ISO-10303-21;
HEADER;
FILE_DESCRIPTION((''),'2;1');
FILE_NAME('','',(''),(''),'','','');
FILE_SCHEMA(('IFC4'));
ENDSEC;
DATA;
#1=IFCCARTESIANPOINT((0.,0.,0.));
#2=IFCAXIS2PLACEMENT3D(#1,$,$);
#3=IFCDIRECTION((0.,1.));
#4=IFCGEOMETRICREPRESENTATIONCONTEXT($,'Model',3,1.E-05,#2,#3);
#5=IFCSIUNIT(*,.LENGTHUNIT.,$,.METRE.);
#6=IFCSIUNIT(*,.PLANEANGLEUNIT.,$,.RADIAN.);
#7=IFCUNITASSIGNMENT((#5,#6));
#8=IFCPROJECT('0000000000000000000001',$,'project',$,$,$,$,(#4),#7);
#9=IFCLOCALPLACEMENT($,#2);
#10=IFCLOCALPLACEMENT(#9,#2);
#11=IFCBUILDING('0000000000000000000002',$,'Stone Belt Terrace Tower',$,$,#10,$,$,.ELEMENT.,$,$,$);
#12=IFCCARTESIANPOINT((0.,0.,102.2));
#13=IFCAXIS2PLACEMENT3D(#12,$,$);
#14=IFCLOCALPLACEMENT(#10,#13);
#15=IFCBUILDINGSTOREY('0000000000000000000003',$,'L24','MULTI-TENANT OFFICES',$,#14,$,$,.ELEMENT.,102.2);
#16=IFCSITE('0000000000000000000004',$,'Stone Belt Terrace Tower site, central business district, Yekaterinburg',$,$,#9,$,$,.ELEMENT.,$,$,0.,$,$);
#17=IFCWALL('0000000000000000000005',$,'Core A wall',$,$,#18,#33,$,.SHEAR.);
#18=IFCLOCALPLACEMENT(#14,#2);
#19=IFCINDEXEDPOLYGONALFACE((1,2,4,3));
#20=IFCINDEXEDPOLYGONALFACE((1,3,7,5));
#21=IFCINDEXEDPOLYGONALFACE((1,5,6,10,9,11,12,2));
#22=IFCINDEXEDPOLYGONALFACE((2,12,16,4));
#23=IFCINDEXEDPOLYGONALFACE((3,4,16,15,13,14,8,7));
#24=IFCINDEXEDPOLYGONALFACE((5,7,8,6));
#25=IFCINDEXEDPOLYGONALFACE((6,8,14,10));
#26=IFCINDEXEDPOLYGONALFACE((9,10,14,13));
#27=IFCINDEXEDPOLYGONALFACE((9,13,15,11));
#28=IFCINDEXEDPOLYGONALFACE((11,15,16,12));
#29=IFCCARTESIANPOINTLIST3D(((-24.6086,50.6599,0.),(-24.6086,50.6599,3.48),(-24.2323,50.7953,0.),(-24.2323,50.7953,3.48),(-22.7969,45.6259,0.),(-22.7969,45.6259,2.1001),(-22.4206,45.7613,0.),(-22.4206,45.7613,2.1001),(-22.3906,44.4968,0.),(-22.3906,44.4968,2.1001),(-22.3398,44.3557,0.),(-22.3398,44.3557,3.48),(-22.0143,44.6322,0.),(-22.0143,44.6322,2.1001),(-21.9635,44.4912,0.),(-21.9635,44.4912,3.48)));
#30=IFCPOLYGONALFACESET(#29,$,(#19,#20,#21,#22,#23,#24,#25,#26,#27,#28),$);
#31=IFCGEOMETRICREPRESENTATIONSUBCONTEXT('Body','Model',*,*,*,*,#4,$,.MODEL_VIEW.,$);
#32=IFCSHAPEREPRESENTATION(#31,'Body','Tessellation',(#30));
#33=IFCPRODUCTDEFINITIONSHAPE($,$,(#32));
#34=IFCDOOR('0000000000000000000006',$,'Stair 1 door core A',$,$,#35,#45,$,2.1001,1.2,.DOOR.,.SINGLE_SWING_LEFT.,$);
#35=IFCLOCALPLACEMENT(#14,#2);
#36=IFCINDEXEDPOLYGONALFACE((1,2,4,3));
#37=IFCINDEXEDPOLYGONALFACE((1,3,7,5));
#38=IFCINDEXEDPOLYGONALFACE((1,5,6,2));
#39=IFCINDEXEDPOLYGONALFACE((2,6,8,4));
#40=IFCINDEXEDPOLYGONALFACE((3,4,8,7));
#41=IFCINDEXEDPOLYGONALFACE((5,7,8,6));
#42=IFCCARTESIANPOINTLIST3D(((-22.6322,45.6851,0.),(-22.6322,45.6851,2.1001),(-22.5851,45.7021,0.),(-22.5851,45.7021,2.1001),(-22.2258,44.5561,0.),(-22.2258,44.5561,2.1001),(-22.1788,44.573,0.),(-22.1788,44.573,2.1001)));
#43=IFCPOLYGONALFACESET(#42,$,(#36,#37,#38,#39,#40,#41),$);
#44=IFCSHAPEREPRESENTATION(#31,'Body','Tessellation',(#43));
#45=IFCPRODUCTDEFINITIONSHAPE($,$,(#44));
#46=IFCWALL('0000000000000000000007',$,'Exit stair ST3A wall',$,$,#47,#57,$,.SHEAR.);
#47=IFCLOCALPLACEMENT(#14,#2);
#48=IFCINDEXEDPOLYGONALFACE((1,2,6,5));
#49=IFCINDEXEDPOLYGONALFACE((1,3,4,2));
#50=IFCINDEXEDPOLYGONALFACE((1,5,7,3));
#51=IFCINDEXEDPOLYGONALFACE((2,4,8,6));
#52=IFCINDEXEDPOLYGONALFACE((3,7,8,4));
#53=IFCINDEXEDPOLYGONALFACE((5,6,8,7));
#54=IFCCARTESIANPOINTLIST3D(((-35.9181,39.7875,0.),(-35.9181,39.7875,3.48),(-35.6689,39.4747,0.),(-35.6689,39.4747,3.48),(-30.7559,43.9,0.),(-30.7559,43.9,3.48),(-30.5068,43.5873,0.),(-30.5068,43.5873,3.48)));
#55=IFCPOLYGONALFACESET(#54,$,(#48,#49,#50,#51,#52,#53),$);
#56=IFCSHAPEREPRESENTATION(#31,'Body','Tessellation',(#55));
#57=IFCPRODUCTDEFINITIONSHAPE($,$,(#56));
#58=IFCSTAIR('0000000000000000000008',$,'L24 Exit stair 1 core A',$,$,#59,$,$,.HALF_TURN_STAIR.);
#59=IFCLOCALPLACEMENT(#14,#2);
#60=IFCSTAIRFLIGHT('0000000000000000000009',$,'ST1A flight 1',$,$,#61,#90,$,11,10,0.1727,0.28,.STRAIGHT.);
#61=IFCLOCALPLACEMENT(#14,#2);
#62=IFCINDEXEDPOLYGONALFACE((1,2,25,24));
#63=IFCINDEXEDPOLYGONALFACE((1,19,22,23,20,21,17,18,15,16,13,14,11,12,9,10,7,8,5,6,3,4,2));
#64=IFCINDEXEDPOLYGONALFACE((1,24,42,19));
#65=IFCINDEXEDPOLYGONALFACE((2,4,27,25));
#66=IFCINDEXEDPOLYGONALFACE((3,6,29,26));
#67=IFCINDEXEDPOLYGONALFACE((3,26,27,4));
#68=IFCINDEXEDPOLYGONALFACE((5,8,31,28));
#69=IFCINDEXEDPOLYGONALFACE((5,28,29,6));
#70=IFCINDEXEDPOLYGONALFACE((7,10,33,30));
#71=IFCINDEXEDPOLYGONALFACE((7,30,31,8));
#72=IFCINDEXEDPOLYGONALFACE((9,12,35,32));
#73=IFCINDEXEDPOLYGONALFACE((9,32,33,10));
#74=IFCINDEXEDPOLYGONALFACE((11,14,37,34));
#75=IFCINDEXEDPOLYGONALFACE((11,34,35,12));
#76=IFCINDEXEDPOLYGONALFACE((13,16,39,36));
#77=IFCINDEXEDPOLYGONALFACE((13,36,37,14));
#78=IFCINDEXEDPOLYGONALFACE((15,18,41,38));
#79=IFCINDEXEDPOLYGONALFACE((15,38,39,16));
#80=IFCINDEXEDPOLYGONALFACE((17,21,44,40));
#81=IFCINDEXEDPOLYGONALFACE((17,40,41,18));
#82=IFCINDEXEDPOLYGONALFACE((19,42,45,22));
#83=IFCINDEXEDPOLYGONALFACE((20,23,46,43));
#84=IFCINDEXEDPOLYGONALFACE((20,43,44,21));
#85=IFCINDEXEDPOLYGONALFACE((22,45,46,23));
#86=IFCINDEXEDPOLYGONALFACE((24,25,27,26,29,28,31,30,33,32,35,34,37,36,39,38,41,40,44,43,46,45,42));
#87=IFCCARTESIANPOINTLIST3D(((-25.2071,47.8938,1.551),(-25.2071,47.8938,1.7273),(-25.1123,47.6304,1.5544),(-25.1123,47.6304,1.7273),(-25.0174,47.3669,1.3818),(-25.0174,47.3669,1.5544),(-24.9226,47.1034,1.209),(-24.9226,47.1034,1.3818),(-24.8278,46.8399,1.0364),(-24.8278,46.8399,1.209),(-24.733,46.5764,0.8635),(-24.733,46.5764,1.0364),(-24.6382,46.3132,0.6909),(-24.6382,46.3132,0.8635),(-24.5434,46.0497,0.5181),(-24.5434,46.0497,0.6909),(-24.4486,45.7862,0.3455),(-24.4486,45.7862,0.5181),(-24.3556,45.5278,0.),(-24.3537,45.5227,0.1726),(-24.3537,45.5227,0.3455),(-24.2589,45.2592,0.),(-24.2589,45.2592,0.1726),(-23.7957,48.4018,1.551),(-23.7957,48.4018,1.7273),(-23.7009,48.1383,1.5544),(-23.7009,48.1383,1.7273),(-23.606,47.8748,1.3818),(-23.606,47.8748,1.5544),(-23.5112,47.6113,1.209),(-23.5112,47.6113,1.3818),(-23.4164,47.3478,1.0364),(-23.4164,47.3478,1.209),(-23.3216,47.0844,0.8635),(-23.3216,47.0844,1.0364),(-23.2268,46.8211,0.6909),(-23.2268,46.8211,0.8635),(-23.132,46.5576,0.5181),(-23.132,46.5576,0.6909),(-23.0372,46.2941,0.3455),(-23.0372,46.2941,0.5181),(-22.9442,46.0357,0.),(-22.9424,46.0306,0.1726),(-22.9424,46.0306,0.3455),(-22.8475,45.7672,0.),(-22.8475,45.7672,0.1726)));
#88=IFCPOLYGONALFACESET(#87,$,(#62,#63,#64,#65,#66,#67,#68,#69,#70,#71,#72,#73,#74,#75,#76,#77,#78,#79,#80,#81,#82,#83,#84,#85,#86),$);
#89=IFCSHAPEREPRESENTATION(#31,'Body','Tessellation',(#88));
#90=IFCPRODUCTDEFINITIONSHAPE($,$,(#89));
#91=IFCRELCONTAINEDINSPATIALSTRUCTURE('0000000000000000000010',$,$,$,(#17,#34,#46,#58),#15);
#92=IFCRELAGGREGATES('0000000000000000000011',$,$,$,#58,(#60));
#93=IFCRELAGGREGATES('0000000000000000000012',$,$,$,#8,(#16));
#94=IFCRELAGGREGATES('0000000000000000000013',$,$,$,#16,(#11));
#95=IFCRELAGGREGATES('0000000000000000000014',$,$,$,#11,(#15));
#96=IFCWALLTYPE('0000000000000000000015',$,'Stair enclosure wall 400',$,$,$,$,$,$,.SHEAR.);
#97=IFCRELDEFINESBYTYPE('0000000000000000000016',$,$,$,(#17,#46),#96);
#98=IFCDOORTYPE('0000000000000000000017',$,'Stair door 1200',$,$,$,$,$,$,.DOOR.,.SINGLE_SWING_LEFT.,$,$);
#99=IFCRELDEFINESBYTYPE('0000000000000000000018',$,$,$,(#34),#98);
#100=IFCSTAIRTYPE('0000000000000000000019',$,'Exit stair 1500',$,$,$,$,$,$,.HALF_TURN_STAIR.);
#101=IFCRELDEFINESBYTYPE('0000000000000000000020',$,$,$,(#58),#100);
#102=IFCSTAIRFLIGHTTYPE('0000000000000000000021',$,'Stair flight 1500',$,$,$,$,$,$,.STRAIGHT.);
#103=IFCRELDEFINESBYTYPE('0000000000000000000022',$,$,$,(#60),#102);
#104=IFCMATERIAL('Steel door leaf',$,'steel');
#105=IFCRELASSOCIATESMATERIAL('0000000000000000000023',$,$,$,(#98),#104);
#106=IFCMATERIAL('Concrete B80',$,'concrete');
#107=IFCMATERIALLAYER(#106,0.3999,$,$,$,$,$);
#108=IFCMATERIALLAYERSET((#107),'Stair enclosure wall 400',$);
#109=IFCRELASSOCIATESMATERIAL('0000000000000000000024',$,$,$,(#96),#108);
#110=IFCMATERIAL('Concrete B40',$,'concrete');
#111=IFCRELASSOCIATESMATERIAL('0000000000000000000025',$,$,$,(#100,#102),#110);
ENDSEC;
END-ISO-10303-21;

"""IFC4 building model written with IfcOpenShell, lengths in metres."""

from ifc_helpers import new_model, si_unit, direction, frame, frame_2d, origin, place, context, subcontext, project, spatial, polyline, rectangle, outline, extrude, material, layer, layer_set, type_object, element, fill, aggregate, save


model = new_model("IFC4")

# Units and contexts
model_context = context("Model", 3, precision=1e-05, world=origin(), true_north=direction((0.0, 1.0)))
body_context = subcontext(model_context, "Body", "Model", "MODEL_VIEW")
ifc_project = project(units=[si_unit("LENGTHUNIT", "METRE"), si_unit("PLANEANGLEUNIT", "RADIAN")], contexts=[model_context])

# Site, building, storey
site_placement = place(None, origin())
site = spatial("IfcSite", under=ifc_project, at=site_placement, Name="Stone Belt Terrace Tower site, central business district, Yekaterinburg", CompositionType="ELEMENT", RefElevation=0.0)
building_placement = place(site_placement, origin())
building = spatial("IfcBuilding", under=site, at=building_placement, Name="Stone Belt Terrace Tower", CompositionType="ELEMENT")
storey_placement = place(building_placement, frame((0.0, 0.0, 102.2)))
storey = spatial("IfcBuildingStorey", under=building, at=storey_placement, Name="L24", Description="MULTI-TENANT OFFICES", CompositionType="ELEMENT", Elevation=102.2)

# Shared definitions
ifc_material_1 = material(Name="Concrete B80", Category="concrete")

# Shared definitions
ifc_material_2 = material(Name="Steel door leaf", Category="steel")
door_type_1 = type_object("IfcDoorType", Name="Stair door 1200", OperationType="SINGLE_SWING_LEFT", PredefinedType="DOOR", material=ifc_material_2)

# Wall, opening, door
ifc_layer_1 = layer(ifc_material_1, 0.3999)
ifc_layer_set_1 = layer_set([ifc_layer_1], Name="Stair enclosure wall 400")
wall_type_1 = type_object("IfcWallType", Name="Stair enclosure wall 400", PredefinedType="SHEAR", material=ifc_layer_set_1)
wall_1_placement = place(storey_placement, frame((-22.1516, 44.4233, 0.0), z_axis=(0.0, 0.0, 1.0), x_axis=(-0.338625, 0.940921, 0.0)))
wall_1 = element("IfcWall", 1, at=wall_1_placement, inside=storey, type_object=wall_type_1, Name="Core A wall", PredefinedType="SHEAR", context=body_context, shape_type="SweptSolid", body=[
    extrude(rectangle(XDim=6.7, YDim=0.3999, at=frame_2d((3.3501, 0.0))), origin(), (0.0, 0.0, 1.0), 3.48),
])
opening_1_placement = place(wall_1_placement, frame((0.1499, 0.0, 0.0)))
opening_1 = element("IfcOpeningElement", 2, at=opening_1_placement, cuts=wall_1, PredefinedType="OPENING", context=body_context, shape_type="SweptSolid", body=[
    extrude(rectangle(XDim=1.2, YDim=2.1001, at=frame_2d((0.6001, 1.05))), frame((0.0, 0.21, 0.0), z_axis=(0.0, -1.0, 0.0), x_axis=(1.0, 0.0, 0.0)), (0.0, 0.0, 1.0), 0.4199),
])
door_1_placement = place(opening_1_placement, origin())
door_1 = element("IfcDoor", 3, at=door_1_placement, inside=storey, type_object=door_type_1, Name="Stair 1 door core A", OperationType="SINGLE_SWING_LEFT", OverallHeight=2.1001, OverallWidth=1.2, PredefinedType="DOOR", context=body_context, shape_type="SweptSolid", body=[
    extrude(rectangle(XDim=1.2, YDim=2.1001, at=frame_2d((0.6001, 1.05))), frame((0.0, 0.0249, 0.0), z_axis=(0.0, -1.0, 0.0), x_axis=(1.0, 0.0, 0.0)), (0.0, 0.0, 1.0), 0.05),
])
fill(opening_1, door_1)

# Wall
wall_2_placement = place(storey_placement, frame((-30.6313, 43.7437, 0.0), z_axis=(0.0, 0.0, 1.0), x_axis=(-0.782134, -0.62311, 0.0)))
element("IfcWall", 4, at=wall_2_placement, inside=storey, type_object=wall_type_1, Name="Exit stair ST3A wall", PredefinedType="SHEAR", context=body_context, shape_type="SweptSolid", body=[
    extrude(rectangle(XDim=6.6001, YDim=0.3999, at=frame_2d((3.3, 0.0))), origin(), (0.0, 0.0, 1.0), 3.48),
])

# Stair, stair flight
ifc_material_3 = material(Name="Concrete B40", Category="concrete")
stair_type = type_object("IfcStairType", Name="Exit stair 1500", PredefinedType="HALF_TURN_STAIR", material=ifc_material_3)
stair_placement = place(storey_placement, origin())
stair = element("IfcStair", 5, at=stair_placement, inside=storey, type_object=stair_type, Name="L24 Exit stair 1 core A", PredefinedType="HALF_TURN_STAIR")
stair_flight_type = type_object("IfcStairFlightType", Name="Stair flight 1500", PredefinedType="STRAIGHT", material=ifc_material_3)
stair_flight_placement = place(storey_placement, frame((-23.5532, 45.5132, 0.0), z_axis=(0.0, 0.0, 1.0), x_axis=(-0.338624, 0.940922, 0.0)))
stair_flight = element("IfcStairFlight", 6, at=stair_flight_placement, type_object=stair_flight_type, Name="ST1A flight 1", NumberOfRisers=11, NumberOfTreads=10, PredefinedType="STRAIGHT", RiserHeight=0.1727, TreadLength=0.28, context=body_context, shape_type="SweptSolid", body=[
    extrude(outline(polyline([(0.0, 0.0), (0.0, 0.1726), (0.28, 0.1726), (0.28, 0.3455), (0.5601, 0.3455), (0.5601, 0.5181), (0.8401, 0.5181), (0.8401, 0.6909), (1.1201, 0.6909), (1.1201, 0.8635), (1.3999, 0.8635), (1.3999, 1.0364), (1.6799, 1.0364), (1.6799, 1.209), (1.96, 1.209), (1.96, 1.3818), (2.24, 1.3818), (2.24, 1.5544), (2.52, 1.5544), (2.52, 1.7273), (2.8, 1.7273), (2.8, 1.8999), (2.8, 1.551), (0.2854, 0.0), (0.0, 0.0)])), frame((0.0, 0.75, 0.0), z_axis=(0.0, -1.0, 0.0), x_axis=(1.0, 0.0, 0.0)), (0.0, 0.0, 1.0), 1.5),
])
aggregate(stair, [stair_flight])

save(model, "model.ifc")
